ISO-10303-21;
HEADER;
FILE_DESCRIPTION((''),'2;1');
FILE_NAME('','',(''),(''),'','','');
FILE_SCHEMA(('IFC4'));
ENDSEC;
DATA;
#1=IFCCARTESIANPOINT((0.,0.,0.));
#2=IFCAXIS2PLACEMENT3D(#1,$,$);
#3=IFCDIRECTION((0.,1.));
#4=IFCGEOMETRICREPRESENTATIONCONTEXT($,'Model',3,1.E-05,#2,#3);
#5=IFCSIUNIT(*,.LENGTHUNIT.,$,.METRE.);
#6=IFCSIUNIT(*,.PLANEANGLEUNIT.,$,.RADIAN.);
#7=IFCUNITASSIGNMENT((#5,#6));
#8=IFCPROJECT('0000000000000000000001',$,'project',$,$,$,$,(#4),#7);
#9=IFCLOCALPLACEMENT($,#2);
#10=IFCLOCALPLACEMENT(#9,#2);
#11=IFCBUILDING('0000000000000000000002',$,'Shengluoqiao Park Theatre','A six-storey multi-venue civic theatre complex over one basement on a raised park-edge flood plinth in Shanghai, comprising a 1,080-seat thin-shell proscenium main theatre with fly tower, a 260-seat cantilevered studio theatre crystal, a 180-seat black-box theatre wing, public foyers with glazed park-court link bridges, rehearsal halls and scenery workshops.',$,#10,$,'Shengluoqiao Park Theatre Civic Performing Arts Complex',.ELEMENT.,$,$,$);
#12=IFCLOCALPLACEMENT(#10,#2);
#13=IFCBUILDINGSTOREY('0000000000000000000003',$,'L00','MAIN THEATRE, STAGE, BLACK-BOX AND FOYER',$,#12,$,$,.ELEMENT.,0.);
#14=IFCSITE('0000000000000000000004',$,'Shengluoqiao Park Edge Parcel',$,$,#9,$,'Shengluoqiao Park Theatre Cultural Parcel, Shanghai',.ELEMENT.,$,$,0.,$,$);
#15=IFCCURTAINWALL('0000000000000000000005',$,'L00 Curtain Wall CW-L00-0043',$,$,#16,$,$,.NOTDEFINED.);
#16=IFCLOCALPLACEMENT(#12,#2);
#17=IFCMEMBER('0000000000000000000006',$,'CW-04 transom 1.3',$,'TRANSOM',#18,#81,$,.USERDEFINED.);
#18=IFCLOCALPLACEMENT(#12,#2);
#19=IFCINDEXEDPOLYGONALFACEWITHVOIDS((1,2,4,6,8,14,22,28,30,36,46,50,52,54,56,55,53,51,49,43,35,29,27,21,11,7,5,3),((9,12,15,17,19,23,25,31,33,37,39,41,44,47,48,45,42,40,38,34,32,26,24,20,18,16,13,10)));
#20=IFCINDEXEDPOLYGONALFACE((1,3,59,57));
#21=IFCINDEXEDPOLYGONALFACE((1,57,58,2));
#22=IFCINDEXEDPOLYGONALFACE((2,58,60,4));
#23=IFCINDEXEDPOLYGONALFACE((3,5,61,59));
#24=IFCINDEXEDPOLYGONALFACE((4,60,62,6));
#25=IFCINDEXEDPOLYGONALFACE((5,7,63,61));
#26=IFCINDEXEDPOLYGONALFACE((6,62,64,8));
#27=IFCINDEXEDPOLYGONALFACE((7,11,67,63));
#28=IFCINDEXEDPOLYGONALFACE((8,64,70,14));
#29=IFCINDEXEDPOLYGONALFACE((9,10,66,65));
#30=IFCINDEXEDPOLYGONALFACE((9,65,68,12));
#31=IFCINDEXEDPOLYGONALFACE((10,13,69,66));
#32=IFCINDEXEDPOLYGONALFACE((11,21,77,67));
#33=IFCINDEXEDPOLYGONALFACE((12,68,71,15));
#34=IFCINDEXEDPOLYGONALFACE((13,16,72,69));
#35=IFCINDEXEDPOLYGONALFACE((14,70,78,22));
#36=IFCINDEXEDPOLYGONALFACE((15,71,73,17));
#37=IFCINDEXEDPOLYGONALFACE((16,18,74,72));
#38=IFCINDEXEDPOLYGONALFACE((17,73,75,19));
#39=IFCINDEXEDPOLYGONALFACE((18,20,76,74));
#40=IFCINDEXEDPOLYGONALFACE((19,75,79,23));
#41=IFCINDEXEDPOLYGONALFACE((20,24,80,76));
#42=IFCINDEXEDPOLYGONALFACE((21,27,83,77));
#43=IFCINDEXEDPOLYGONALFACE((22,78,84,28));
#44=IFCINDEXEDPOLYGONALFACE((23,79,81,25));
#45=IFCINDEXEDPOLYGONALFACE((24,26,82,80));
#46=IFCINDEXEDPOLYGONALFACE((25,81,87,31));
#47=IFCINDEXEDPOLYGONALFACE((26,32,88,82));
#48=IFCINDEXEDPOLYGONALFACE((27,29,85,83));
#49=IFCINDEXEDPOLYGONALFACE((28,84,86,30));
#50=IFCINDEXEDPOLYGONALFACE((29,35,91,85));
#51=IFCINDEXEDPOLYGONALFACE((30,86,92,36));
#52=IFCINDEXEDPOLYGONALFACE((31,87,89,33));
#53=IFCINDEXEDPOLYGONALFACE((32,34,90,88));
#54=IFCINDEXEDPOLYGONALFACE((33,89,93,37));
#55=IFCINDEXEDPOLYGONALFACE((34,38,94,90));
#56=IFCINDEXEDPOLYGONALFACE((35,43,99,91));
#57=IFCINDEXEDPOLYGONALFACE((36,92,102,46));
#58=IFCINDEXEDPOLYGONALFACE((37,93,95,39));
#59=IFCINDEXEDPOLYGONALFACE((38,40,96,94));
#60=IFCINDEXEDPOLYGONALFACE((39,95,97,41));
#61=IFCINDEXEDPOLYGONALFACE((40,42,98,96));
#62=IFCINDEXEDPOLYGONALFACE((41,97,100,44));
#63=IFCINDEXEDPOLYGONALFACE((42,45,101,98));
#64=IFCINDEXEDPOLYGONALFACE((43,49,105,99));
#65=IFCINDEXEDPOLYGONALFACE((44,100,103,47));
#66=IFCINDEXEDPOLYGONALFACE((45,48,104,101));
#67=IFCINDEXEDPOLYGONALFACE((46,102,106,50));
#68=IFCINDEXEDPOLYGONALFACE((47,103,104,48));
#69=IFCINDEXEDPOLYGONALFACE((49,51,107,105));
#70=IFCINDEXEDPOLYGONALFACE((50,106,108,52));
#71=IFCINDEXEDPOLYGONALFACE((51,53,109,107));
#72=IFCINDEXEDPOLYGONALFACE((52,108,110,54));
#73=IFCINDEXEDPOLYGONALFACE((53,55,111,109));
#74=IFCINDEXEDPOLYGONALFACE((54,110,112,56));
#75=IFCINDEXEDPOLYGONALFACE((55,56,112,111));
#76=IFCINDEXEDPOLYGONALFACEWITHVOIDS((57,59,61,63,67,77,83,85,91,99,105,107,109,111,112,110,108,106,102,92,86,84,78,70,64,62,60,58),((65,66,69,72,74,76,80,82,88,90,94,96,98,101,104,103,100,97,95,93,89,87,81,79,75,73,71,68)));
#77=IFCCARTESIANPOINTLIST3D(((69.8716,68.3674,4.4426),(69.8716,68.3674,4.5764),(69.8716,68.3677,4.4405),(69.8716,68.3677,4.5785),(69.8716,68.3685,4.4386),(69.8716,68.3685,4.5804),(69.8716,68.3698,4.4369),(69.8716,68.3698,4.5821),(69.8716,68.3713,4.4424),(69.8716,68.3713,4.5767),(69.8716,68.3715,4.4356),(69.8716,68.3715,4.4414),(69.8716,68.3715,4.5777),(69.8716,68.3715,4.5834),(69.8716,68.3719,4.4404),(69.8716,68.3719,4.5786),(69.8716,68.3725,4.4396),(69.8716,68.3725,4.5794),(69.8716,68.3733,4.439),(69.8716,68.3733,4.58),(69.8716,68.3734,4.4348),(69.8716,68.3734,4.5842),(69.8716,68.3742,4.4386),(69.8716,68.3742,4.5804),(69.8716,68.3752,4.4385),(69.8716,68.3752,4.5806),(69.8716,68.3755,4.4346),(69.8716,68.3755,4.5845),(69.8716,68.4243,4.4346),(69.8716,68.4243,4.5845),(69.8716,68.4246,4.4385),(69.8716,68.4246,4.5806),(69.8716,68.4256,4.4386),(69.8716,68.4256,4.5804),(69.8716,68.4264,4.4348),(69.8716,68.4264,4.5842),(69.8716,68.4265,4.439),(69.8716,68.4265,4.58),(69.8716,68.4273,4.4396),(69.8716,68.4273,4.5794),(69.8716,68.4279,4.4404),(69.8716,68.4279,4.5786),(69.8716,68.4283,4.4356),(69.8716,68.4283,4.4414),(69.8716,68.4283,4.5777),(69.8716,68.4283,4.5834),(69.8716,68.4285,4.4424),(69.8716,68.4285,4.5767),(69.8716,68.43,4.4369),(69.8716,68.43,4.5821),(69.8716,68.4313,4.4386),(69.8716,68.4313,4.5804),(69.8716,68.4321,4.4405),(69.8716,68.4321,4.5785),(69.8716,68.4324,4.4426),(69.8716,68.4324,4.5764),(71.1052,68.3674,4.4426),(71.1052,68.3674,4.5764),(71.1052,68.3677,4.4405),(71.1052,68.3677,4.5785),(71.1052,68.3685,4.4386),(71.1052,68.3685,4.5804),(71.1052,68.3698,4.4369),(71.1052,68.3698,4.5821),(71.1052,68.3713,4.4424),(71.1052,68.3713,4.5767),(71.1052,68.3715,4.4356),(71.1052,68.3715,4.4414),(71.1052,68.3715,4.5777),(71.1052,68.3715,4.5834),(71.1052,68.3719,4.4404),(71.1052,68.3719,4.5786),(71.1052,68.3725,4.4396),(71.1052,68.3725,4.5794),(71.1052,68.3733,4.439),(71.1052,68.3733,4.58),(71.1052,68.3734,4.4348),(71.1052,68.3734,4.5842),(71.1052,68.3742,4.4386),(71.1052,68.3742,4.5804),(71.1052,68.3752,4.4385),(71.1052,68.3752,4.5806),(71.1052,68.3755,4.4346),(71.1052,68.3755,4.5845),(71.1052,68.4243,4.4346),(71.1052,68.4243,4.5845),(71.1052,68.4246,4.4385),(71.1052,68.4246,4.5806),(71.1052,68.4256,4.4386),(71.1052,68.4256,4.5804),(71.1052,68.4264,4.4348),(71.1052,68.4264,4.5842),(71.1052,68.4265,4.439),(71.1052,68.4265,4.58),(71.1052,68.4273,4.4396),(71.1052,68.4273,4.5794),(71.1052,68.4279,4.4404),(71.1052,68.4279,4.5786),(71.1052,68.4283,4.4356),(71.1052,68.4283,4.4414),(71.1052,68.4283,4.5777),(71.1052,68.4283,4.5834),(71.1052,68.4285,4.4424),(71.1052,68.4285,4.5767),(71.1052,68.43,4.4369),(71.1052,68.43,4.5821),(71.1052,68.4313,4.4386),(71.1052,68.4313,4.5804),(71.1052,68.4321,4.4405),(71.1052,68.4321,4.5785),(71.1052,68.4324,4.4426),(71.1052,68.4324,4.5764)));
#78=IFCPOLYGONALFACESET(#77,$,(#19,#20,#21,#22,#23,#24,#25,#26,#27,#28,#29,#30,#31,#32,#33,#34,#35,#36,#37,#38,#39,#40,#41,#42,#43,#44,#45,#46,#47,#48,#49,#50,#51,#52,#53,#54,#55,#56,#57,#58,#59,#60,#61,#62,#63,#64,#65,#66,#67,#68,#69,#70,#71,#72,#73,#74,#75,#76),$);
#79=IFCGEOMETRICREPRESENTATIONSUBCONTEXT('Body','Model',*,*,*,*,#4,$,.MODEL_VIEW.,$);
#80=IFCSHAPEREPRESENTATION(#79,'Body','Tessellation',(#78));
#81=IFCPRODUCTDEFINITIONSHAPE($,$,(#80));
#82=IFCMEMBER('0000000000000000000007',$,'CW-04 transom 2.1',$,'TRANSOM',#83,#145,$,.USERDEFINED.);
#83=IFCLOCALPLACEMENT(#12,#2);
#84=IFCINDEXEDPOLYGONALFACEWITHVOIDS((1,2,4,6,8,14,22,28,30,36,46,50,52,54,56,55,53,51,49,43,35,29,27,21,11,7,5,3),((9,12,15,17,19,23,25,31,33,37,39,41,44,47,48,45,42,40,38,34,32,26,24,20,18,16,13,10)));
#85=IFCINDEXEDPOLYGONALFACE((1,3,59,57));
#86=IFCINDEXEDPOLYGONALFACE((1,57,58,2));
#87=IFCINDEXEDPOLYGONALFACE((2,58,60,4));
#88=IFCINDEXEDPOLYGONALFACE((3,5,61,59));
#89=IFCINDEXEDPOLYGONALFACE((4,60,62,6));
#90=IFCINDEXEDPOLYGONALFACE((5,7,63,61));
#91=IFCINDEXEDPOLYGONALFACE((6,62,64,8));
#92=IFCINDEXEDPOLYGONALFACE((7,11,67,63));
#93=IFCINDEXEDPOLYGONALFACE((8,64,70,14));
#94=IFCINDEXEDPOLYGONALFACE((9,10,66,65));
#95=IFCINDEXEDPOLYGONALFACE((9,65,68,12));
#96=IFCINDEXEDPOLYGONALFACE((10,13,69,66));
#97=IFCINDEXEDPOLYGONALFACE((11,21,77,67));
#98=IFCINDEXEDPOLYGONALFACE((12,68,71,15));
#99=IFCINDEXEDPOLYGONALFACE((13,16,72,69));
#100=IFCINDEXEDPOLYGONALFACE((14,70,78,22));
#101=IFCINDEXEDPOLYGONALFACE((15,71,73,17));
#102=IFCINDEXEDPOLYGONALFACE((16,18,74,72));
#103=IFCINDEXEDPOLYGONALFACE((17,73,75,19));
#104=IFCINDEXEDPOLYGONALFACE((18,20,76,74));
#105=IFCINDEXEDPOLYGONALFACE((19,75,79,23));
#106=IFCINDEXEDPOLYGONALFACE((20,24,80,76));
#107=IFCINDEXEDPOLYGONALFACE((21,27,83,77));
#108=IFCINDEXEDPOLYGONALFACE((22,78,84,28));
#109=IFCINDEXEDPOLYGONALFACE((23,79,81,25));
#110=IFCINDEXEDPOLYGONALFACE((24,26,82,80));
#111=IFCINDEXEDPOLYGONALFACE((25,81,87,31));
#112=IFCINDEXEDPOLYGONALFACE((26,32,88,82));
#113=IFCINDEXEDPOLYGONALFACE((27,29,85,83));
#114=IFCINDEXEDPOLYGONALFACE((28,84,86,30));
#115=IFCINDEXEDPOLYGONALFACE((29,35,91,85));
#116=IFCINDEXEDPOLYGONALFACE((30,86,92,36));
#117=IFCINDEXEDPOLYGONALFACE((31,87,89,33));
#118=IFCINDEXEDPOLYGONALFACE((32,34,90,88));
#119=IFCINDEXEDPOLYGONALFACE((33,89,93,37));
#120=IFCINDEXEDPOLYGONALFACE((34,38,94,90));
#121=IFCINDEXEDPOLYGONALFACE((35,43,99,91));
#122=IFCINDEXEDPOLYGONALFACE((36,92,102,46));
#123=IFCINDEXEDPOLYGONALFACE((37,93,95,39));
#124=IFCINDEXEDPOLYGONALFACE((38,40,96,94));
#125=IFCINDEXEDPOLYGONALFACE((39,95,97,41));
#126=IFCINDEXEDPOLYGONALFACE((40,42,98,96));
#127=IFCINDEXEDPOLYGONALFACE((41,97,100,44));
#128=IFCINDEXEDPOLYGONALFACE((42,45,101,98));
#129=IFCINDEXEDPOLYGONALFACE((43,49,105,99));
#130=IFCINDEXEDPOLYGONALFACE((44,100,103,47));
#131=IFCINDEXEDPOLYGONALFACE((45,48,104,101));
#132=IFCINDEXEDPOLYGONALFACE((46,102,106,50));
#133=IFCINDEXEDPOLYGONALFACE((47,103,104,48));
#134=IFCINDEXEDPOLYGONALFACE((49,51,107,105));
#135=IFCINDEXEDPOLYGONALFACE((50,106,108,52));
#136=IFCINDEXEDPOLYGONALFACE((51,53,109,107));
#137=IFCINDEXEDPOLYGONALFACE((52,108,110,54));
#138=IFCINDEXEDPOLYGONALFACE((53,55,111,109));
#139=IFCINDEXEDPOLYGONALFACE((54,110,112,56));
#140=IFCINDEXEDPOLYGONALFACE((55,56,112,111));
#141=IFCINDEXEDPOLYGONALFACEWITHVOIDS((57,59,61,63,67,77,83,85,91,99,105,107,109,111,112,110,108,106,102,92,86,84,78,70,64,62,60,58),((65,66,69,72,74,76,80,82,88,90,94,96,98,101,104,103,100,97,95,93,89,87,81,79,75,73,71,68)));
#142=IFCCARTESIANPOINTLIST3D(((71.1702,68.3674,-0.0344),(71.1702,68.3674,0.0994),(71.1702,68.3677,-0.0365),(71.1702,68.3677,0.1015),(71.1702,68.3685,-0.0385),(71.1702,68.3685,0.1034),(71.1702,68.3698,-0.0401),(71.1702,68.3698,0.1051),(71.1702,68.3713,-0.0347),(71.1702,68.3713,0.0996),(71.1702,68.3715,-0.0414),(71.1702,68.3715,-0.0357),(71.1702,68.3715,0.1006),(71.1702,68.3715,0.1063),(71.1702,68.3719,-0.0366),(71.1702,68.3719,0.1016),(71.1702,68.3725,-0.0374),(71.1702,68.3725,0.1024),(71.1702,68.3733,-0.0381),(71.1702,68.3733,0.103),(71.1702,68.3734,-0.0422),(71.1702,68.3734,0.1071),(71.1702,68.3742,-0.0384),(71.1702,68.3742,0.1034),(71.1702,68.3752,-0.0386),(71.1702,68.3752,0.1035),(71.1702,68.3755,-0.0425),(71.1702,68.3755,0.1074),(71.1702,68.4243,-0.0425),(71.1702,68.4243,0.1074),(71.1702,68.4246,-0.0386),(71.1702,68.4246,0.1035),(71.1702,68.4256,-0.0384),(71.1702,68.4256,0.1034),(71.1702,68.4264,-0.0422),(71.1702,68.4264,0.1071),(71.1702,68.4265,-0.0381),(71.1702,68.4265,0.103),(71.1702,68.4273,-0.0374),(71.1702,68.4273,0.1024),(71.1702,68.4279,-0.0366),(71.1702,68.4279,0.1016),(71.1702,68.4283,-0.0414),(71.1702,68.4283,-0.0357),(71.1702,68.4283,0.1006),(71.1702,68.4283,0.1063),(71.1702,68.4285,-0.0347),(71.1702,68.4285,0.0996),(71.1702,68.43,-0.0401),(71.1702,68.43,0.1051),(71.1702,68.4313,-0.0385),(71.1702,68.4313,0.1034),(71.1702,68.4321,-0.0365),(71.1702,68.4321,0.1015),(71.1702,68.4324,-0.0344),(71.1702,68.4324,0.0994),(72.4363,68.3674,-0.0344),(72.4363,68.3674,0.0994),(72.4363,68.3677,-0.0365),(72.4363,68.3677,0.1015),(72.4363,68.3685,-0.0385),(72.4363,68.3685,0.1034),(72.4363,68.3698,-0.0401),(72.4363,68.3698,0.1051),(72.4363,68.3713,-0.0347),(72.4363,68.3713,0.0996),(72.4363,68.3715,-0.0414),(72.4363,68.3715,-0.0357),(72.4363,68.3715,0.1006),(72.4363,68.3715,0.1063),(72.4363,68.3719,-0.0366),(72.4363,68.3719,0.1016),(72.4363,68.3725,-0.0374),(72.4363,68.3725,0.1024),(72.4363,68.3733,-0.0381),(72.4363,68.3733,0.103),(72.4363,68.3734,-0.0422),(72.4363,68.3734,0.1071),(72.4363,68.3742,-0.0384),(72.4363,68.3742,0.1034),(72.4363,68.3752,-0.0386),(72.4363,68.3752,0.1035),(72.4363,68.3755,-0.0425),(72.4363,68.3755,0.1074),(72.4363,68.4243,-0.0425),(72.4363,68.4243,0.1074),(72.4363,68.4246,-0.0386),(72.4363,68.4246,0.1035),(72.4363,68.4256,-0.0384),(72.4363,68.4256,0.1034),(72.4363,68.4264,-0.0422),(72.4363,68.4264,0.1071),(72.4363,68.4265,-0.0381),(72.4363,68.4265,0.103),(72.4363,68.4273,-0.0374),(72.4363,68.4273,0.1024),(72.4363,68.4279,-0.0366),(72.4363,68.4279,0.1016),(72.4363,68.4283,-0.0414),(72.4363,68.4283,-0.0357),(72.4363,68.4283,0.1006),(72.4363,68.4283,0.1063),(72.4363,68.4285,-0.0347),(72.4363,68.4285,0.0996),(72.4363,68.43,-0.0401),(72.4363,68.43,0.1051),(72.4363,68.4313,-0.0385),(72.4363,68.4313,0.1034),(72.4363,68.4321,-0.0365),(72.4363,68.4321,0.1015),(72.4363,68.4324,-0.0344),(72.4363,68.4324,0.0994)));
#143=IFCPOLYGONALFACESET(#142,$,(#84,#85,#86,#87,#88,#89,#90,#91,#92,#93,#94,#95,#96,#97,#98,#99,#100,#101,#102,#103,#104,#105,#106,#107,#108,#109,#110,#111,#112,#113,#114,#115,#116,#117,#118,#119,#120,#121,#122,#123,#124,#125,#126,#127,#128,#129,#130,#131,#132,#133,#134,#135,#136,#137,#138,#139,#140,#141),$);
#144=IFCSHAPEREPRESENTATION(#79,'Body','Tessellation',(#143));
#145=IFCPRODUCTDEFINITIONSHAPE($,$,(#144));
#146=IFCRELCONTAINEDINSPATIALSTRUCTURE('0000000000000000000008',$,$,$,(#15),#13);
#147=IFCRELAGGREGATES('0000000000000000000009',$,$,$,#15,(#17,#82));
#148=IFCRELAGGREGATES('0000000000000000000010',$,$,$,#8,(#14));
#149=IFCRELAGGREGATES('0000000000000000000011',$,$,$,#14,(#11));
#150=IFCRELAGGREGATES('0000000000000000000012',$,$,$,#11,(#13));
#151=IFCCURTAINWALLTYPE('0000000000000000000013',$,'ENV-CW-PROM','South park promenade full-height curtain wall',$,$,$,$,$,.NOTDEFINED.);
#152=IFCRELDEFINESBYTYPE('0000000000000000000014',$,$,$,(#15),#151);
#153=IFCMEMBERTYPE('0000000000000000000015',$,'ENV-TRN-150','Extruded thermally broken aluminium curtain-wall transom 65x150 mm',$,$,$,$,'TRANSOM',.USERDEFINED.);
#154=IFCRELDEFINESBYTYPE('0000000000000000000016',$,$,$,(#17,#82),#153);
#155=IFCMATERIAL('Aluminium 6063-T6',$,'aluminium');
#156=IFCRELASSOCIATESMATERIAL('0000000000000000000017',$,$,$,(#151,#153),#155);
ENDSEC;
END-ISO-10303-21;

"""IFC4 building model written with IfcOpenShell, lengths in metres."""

from ifc_helpers import new_model, si_unit, direction, frame, origin, origin_2d, place, context, subcontext, project, spatial, hollow_rectangle, extrude, material, material_profile, profile_set, type_object, element, aggregate, save


model = new_model("IFC4")

# Units and contexts
model_context = context("Model", 3, precision=1e-05, world=origin(), true_north=direction((0.0, 1.0)))
body_context = subcontext(model_context, "Body", "Model", "MODEL_VIEW")
ifc_project = project(units=[si_unit("LENGTHUNIT", "METRE"), si_unit("PLANEANGLEUNIT", "RADIAN")], contexts=[model_context])

# Site, building, storey
site_placement = place(None, origin())
site = spatial("IfcSite", under=ifc_project, at=site_placement, Name="Shengluoqiao Park Edge Parcel", LongName="Shengluoqiao Park Theatre Cultural Parcel, Shanghai", CompositionType="ELEMENT", RefElevation=0.0)
building_placement = place(site_placement, origin())
building = spatial("IfcBuilding", under=site, at=building_placement, Name="Shengluoqiao Park Theatre", Description="A six-storey multi-venue civic theatre complex over one basement on a raised park-edge flood plinth in Shanghai, comprising a 1,080-seat thin-shell proscenium main theatre with fly tower, a 260-seat cantilevered studio theatre crystal, a 180-seat black-box theatre wing, public foyers with glazed park-court link bridges, rehearsal halls and scenery workshops.", LongName="Shengluoqiao Park Theatre Civic Performing Arts Complex", CompositionType="ELEMENT")
storey_placement = place(building_placement, origin())
storey = spatial("IfcBuildingStorey", under=building, at=storey_placement, Name="L00", Description="MAIN THEATRE, STAGE, BLACK-BOX AND FOYER", CompositionType="ELEMENT", Elevation=0.0)

# Shared definitions
ifc_material_1 = material(Name="Aluminium 6063-T6", Category="aluminium")
curtain_wall_type = type_object("IfcCurtainWallType", Name="ENV-CW-PROM", Description="South park promenade full-height curtain wall", PredefinedType="NOTDEFINED", material=ifc_material_1)

# Curtain wall
curtain_wall_1_placement = place(storey_placement, origin())
curtain_wall_1 = element("IfcCurtainWall", 1, at=curtain_wall_1_placement, inside=storey, type_object=curtain_wall_type, Name="L00 Curtain Wall CW-L00-0043", PredefinedType="NOTDEFINED")

# Members
ifc_material_profile_1 = material_profile(ifc_material_1, hollow_rectangle(XDim=0.0649, YDim=0.1499, WallThickness=0.0039, InnerFilletRadius=0.0039, OuterFilletRadius=0.0081, at=origin_2d()), Name="ALU TRANSOM 150x65x4")
ifc_profile_set_1 = profile_set([ifc_material_profile_1], Name="Aluminium 6063-T6")
member_type_1 = type_object("IfcMemberType", Name="ENV-TRN-150", Description="Extruded thermally broken aluminium curtain-wall transom 65x150 mm", ElementType="TRANSOM", PredefinedType="USERDEFINED", material=ifc_profile_set_1)
member_1_placement = place(storey_placement, frame((69.8716, 68.3999, 4.5095), z_axis=(1.0, 0.0, 0.0), x_axis=(0.0, 1.0, 0.0)))
member_1 = element("IfcMember", 2, at=member_1_placement, type_object=member_type_1, Name="CW-04 transom 1.3", ObjectType="TRANSOM", PredefinedType="USERDEFINED", context=body_context, shape_type="SweptSolid", body=[
    extrude(hollow_rectangle(XDim=0.0649, YDim=0.1499, WallThickness=0.0039, InnerFilletRadius=0.0039, OuterFilletRadius=0.0081, at=origin_2d()), origin(), (0.0, 0.0, 1.0), 1.2336),
])
member_2_placement = place(storey_placement, frame((71.1702, 68.3999, 0.0325), z_axis=(1.0, 0.0, 0.0), x_axis=(0.0, 1.0, 0.0)))
member_2 = element("IfcMember", 3, at=member_2_placement, type_object=member_type_1, Name="CW-04 transom 2.1", ObjectType="TRANSOM", PredefinedType="USERDEFINED", context=body_context, shape_type="SweptSolid", body=[
    extrude(hollow_rectangle(XDim=0.0649, YDim=0.1499, WallThickness=0.0039, InnerFilletRadius=0.0039, OuterFilletRadius=0.0081, at=origin_2d()), origin(), (0.0, 0.0, 1.0), 1.2661),
])

aggregate(curtain_wall_1, [member_1, member_2])

save(model, "model.ifc")
